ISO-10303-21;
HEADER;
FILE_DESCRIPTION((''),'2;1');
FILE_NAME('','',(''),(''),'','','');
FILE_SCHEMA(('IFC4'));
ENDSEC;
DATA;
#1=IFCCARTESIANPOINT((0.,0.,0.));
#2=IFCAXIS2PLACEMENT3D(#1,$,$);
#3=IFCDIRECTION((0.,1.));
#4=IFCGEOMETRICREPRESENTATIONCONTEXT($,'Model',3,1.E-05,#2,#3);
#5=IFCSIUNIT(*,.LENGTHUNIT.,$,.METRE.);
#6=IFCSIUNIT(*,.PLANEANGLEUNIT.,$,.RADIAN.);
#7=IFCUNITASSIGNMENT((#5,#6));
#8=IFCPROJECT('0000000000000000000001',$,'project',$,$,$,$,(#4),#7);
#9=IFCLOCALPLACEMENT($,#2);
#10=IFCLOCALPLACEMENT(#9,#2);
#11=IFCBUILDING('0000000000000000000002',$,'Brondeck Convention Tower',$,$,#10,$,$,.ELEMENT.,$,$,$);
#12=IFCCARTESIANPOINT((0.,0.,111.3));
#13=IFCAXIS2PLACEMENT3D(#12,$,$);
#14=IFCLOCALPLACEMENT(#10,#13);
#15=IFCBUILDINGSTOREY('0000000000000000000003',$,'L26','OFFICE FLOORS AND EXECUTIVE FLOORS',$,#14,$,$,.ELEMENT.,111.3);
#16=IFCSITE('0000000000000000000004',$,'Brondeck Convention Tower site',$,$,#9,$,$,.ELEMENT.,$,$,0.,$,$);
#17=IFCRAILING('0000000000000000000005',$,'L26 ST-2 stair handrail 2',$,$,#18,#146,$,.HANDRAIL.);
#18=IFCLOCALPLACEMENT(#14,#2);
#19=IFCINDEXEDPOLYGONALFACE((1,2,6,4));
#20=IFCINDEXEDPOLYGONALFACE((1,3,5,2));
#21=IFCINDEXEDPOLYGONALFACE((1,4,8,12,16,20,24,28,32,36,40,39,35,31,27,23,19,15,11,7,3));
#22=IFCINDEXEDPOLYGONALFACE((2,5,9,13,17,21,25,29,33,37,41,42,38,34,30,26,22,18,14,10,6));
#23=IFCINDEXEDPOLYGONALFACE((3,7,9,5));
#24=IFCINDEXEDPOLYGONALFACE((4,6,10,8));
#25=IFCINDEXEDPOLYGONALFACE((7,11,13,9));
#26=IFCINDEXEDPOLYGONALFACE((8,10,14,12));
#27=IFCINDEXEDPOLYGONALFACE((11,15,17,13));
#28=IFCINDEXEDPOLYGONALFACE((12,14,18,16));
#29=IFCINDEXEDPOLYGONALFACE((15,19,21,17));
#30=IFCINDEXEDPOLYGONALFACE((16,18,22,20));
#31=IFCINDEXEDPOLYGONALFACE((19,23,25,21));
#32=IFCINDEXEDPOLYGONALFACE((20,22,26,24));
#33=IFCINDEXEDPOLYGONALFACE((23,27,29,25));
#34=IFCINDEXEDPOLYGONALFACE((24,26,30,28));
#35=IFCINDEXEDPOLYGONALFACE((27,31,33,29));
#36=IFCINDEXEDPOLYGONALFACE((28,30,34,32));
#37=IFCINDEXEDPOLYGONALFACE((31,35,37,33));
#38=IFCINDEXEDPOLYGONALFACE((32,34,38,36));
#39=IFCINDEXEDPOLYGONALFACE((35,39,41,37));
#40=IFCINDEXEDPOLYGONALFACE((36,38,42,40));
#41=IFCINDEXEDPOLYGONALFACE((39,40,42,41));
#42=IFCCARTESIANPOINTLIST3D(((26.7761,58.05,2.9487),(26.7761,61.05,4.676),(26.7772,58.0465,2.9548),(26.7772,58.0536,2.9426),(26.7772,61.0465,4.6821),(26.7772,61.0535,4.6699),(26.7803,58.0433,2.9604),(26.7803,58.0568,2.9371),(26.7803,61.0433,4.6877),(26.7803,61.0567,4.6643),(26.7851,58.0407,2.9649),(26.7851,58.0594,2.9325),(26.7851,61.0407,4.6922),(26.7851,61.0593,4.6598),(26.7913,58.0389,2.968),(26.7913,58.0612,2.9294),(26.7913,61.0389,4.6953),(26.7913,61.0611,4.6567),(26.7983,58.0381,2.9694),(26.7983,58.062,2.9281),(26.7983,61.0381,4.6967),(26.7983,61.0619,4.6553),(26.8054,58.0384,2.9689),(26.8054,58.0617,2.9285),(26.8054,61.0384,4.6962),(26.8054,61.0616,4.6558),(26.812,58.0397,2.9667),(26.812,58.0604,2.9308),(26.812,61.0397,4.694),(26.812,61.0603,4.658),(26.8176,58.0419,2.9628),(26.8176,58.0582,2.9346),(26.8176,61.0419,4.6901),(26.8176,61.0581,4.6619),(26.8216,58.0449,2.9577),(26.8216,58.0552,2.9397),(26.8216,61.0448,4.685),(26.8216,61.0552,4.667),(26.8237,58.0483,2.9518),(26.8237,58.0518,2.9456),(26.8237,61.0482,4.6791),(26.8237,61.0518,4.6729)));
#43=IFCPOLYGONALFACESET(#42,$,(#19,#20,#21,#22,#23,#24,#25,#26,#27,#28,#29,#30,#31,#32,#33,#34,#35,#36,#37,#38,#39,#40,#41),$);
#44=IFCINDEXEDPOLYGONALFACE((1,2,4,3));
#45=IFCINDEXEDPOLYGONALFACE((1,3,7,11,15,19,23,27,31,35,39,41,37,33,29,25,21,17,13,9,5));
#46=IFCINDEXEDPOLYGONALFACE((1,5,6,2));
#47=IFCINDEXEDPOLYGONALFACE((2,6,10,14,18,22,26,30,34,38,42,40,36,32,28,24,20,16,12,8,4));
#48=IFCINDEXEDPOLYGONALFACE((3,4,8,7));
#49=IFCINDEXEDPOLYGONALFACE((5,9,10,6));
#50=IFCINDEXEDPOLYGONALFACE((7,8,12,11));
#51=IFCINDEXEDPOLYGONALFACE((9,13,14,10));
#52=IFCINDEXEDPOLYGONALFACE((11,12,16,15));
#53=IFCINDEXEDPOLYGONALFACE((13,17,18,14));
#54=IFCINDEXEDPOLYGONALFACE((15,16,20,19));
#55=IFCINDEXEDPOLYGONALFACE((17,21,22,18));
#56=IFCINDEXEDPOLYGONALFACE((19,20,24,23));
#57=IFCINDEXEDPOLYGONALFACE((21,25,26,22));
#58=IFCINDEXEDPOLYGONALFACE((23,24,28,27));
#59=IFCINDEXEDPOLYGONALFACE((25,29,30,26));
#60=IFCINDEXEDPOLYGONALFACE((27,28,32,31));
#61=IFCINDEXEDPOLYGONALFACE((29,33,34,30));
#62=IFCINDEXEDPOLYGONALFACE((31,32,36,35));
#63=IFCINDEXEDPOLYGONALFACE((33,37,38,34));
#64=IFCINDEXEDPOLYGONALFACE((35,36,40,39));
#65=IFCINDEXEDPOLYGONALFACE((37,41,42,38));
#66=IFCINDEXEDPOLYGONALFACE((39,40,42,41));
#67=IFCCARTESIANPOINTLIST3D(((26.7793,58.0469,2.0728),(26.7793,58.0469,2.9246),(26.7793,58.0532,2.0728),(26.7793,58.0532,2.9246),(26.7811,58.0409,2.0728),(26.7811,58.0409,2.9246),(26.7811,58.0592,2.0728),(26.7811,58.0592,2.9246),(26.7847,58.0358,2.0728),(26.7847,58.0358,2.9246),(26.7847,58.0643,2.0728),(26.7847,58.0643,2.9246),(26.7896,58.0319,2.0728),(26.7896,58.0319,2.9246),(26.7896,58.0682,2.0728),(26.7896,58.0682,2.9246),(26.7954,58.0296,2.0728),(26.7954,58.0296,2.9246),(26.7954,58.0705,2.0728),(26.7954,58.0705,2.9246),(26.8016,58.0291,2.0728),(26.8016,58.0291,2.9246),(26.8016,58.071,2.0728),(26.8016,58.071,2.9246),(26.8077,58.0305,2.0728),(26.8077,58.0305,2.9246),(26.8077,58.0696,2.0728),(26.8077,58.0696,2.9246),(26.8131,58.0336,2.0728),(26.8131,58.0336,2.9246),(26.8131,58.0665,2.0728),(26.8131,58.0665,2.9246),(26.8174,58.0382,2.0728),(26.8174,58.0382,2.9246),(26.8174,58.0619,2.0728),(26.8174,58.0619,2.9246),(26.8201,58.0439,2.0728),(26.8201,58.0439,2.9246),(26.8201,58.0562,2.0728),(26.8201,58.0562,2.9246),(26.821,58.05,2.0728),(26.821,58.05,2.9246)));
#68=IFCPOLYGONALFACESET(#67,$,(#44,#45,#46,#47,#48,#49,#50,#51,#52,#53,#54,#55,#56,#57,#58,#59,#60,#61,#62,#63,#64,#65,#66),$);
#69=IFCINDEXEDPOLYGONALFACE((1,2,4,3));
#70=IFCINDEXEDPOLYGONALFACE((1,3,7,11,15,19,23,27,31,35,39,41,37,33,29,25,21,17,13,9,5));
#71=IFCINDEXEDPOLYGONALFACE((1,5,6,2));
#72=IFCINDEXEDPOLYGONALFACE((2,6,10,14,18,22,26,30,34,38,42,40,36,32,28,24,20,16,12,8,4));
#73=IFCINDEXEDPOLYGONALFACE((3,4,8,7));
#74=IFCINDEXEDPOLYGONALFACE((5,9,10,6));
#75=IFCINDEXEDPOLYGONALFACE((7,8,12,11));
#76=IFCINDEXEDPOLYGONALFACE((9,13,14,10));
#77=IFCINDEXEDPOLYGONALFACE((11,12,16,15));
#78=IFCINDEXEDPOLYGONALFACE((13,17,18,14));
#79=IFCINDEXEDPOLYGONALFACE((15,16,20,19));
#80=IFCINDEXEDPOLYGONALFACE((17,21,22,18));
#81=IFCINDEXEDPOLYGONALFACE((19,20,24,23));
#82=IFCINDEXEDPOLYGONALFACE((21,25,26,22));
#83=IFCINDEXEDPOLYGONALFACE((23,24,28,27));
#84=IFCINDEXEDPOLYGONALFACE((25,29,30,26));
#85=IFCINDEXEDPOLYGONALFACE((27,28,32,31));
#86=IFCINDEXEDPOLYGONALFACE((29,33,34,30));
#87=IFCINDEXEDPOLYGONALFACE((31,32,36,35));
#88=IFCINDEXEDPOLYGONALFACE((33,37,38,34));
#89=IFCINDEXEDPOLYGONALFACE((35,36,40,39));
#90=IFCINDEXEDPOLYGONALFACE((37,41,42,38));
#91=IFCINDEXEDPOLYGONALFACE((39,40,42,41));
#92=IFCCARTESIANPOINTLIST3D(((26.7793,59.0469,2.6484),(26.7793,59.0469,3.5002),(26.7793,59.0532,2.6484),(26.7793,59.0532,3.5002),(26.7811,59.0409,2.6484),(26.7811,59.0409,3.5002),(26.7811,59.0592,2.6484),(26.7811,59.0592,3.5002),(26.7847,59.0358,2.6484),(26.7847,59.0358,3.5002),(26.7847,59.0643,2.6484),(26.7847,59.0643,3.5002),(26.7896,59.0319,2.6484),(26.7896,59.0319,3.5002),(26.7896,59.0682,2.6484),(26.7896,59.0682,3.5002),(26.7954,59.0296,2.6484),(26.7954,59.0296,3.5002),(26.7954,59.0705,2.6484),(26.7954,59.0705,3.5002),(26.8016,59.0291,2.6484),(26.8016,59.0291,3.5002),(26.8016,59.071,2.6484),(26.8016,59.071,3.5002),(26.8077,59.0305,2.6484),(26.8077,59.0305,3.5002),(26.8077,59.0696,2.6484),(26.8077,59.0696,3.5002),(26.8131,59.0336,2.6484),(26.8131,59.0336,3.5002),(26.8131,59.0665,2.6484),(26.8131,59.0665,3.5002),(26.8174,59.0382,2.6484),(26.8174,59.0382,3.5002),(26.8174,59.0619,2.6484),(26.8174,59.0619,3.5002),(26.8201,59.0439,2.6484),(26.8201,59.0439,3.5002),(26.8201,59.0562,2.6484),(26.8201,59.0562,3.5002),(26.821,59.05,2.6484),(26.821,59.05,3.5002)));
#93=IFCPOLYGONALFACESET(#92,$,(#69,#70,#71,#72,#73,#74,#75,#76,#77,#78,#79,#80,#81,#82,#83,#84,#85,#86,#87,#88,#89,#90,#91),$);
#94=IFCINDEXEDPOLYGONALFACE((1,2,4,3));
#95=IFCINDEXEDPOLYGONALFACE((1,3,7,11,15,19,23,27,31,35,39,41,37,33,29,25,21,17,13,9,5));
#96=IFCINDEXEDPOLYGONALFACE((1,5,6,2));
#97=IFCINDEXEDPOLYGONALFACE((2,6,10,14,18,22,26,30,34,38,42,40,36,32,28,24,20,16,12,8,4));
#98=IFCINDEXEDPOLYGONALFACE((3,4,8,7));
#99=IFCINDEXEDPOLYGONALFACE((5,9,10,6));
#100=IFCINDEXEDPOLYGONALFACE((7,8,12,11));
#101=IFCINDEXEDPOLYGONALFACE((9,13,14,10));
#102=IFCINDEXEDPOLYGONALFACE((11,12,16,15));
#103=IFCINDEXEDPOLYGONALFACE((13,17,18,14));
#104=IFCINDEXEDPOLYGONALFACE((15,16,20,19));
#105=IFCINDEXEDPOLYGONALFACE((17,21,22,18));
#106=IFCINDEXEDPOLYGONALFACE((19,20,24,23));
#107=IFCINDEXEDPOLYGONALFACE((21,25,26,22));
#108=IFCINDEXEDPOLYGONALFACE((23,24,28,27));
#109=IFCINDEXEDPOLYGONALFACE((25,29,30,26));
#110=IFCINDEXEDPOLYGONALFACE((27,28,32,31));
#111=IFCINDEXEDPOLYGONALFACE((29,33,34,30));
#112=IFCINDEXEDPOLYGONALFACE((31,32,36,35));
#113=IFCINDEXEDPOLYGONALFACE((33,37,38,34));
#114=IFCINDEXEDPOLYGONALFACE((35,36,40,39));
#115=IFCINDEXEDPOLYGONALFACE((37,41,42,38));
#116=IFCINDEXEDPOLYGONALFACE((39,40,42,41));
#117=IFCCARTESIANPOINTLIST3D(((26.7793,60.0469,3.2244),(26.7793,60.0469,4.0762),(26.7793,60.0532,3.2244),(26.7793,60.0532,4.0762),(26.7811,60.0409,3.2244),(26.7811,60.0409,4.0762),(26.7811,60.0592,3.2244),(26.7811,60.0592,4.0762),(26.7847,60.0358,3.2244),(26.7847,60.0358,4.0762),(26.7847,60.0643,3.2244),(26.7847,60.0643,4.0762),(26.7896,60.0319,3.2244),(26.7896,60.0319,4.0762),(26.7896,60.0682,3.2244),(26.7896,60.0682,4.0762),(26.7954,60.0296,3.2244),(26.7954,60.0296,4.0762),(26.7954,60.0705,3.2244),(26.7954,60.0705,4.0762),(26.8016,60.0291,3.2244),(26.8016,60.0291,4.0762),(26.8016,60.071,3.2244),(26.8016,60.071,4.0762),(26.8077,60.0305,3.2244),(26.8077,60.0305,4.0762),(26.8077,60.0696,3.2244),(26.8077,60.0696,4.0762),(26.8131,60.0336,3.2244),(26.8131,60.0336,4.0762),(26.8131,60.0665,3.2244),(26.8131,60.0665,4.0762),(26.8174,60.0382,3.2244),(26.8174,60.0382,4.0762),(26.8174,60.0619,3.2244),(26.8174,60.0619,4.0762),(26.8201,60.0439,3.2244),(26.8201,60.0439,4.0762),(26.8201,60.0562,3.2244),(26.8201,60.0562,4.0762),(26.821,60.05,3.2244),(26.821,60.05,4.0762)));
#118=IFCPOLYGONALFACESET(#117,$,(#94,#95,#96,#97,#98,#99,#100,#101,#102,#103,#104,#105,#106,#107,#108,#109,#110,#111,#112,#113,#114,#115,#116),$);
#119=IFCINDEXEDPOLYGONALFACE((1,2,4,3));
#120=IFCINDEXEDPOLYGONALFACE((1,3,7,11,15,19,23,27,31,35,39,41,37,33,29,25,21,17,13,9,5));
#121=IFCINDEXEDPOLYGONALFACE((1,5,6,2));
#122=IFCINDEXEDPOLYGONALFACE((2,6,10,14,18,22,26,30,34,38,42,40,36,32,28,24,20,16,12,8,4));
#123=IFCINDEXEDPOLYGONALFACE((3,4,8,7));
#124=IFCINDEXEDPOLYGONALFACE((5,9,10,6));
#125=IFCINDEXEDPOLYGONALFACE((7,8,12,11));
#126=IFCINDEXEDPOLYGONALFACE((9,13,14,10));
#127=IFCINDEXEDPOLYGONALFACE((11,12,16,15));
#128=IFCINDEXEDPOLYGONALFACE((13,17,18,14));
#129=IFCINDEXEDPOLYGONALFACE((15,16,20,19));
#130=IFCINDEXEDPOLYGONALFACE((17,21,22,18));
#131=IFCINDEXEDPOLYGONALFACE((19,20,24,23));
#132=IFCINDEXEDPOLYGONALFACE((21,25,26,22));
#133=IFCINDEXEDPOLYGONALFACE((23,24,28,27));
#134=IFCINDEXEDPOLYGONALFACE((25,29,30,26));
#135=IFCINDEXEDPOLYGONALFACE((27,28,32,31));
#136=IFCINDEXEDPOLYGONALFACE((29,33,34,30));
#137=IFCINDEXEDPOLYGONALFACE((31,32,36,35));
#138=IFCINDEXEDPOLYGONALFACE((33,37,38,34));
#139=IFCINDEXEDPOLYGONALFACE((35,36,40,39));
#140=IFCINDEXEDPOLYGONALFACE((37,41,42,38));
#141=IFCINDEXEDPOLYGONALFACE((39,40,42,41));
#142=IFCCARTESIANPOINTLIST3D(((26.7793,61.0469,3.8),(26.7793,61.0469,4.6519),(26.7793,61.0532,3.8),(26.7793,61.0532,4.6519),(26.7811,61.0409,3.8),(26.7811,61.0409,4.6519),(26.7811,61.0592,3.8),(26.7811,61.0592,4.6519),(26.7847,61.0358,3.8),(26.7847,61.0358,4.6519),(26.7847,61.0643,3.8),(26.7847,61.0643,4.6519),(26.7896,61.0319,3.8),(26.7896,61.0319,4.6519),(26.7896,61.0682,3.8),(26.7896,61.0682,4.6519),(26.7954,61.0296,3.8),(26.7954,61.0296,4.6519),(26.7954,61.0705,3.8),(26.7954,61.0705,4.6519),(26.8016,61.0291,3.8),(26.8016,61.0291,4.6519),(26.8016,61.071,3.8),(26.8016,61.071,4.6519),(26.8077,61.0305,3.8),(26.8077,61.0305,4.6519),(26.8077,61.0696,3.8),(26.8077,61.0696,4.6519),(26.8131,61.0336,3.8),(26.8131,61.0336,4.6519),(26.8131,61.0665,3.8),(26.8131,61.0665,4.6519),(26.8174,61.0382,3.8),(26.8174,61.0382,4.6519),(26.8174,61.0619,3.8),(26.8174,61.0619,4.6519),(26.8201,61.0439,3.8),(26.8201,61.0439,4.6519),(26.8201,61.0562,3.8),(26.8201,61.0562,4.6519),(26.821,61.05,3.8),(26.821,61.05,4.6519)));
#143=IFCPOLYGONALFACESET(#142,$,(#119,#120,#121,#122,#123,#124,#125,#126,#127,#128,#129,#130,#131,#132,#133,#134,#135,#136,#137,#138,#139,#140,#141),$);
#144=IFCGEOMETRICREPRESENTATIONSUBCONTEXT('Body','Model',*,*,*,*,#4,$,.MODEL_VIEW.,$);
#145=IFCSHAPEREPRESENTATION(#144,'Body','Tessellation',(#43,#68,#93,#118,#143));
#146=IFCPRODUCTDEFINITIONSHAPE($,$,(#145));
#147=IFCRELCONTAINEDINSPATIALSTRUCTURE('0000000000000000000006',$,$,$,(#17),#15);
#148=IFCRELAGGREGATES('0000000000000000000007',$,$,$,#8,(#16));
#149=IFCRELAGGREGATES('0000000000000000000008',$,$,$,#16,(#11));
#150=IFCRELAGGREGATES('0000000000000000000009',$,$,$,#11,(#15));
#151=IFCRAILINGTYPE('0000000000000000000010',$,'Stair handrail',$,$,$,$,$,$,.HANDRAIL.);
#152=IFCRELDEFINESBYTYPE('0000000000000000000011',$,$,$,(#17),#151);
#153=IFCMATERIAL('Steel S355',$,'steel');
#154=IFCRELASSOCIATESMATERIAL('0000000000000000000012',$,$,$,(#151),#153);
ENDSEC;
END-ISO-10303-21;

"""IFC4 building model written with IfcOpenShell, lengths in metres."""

from ifc_helpers import new_model, si_unit, direction, frame, origin, origin_2d, place, context, subcontext, project, spatial, circle, extrude, material, type_object, element, save


model = new_model("IFC4")

# Units and contexts
model_context = context("Model", 3, precision=1e-05, world=origin(), true_north=direction((0.0, 1.0)))
body_context = subcontext(model_context, "Body", "Model", "MODEL_VIEW")
ifc_project = project(units=[si_unit("LENGTHUNIT", "METRE"), si_unit("PLANEANGLEUNIT", "RADIAN")], contexts=[model_context])

# Site, building, storey
site_placement = place(None, origin())
site = spatial("IfcSite", under=ifc_project, at=site_placement, Name="Brondeck Convention Tower site", CompositionType="ELEMENT", RefElevation=0.0)
building_placement = place(site_placement, origin())
building = spatial("IfcBuilding", under=site, at=building_placement, Name="Brondeck Convention Tower", CompositionType="ELEMENT")
storey_placement = place(building_placement, frame((0.0, 0.0, 111.3)))
storey = spatial("IfcBuildingStorey", under=building, at=storey_placement, Name="L26", Description="OFFICE FLOORS AND EXECUTIVE FLOORS", CompositionType="ELEMENT", Elevation=111.3)

# Shared definitions
ifc_material_1 = material(Name="Steel S355", Category="steel")

# Railing
railing_type_1 = type_object("IfcRailingType", Name="Stair handrail", PredefinedType="HANDRAIL", material=ifc_material_1)
railing_1_placement = place(storey_placement, frame((26.8, 58.05, 2.0728)))
element("IfcRailing", 1, at=railing_1_placement, inside=storey, type_object=railing_type_1, Name="L26 ST-2 stair handrail 2", PredefinedType="HANDRAIL", context=body_context, shape_type="SweptSolid", body=[
    extrude(circle(Radius=0.0239, at=origin_2d()), frame((0.0, 0.0, 0.876), z_axis=(0.0, 0.86662, 0.498969), x_axis=(-1.0, 0.0, 0.0)), (0.0, 0.0, 1.0), 3.4617),
    extrude(circle(Radius=0.021, at=origin_2d()), origin(), (0.0, 0.0, 1.0), 0.8518),
    extrude(circle(Radius=0.021, at=origin_2d()), frame((0.0, 1.0, 0.5757)), (0.0, 0.0, 1.0), 0.8518),
    extrude(circle(Radius=0.021, at=origin_2d()), frame((0.0, 2.0, 1.1516)), (0.0, 0.0, 1.0), 0.8518),
    extrude(circle(Radius=0.021, at=origin_2d()), frame((0.0, 3.0, 1.7273)), (0.0, 0.0, 1.0), 0.8518),
])

save(model, "model.ifc")
